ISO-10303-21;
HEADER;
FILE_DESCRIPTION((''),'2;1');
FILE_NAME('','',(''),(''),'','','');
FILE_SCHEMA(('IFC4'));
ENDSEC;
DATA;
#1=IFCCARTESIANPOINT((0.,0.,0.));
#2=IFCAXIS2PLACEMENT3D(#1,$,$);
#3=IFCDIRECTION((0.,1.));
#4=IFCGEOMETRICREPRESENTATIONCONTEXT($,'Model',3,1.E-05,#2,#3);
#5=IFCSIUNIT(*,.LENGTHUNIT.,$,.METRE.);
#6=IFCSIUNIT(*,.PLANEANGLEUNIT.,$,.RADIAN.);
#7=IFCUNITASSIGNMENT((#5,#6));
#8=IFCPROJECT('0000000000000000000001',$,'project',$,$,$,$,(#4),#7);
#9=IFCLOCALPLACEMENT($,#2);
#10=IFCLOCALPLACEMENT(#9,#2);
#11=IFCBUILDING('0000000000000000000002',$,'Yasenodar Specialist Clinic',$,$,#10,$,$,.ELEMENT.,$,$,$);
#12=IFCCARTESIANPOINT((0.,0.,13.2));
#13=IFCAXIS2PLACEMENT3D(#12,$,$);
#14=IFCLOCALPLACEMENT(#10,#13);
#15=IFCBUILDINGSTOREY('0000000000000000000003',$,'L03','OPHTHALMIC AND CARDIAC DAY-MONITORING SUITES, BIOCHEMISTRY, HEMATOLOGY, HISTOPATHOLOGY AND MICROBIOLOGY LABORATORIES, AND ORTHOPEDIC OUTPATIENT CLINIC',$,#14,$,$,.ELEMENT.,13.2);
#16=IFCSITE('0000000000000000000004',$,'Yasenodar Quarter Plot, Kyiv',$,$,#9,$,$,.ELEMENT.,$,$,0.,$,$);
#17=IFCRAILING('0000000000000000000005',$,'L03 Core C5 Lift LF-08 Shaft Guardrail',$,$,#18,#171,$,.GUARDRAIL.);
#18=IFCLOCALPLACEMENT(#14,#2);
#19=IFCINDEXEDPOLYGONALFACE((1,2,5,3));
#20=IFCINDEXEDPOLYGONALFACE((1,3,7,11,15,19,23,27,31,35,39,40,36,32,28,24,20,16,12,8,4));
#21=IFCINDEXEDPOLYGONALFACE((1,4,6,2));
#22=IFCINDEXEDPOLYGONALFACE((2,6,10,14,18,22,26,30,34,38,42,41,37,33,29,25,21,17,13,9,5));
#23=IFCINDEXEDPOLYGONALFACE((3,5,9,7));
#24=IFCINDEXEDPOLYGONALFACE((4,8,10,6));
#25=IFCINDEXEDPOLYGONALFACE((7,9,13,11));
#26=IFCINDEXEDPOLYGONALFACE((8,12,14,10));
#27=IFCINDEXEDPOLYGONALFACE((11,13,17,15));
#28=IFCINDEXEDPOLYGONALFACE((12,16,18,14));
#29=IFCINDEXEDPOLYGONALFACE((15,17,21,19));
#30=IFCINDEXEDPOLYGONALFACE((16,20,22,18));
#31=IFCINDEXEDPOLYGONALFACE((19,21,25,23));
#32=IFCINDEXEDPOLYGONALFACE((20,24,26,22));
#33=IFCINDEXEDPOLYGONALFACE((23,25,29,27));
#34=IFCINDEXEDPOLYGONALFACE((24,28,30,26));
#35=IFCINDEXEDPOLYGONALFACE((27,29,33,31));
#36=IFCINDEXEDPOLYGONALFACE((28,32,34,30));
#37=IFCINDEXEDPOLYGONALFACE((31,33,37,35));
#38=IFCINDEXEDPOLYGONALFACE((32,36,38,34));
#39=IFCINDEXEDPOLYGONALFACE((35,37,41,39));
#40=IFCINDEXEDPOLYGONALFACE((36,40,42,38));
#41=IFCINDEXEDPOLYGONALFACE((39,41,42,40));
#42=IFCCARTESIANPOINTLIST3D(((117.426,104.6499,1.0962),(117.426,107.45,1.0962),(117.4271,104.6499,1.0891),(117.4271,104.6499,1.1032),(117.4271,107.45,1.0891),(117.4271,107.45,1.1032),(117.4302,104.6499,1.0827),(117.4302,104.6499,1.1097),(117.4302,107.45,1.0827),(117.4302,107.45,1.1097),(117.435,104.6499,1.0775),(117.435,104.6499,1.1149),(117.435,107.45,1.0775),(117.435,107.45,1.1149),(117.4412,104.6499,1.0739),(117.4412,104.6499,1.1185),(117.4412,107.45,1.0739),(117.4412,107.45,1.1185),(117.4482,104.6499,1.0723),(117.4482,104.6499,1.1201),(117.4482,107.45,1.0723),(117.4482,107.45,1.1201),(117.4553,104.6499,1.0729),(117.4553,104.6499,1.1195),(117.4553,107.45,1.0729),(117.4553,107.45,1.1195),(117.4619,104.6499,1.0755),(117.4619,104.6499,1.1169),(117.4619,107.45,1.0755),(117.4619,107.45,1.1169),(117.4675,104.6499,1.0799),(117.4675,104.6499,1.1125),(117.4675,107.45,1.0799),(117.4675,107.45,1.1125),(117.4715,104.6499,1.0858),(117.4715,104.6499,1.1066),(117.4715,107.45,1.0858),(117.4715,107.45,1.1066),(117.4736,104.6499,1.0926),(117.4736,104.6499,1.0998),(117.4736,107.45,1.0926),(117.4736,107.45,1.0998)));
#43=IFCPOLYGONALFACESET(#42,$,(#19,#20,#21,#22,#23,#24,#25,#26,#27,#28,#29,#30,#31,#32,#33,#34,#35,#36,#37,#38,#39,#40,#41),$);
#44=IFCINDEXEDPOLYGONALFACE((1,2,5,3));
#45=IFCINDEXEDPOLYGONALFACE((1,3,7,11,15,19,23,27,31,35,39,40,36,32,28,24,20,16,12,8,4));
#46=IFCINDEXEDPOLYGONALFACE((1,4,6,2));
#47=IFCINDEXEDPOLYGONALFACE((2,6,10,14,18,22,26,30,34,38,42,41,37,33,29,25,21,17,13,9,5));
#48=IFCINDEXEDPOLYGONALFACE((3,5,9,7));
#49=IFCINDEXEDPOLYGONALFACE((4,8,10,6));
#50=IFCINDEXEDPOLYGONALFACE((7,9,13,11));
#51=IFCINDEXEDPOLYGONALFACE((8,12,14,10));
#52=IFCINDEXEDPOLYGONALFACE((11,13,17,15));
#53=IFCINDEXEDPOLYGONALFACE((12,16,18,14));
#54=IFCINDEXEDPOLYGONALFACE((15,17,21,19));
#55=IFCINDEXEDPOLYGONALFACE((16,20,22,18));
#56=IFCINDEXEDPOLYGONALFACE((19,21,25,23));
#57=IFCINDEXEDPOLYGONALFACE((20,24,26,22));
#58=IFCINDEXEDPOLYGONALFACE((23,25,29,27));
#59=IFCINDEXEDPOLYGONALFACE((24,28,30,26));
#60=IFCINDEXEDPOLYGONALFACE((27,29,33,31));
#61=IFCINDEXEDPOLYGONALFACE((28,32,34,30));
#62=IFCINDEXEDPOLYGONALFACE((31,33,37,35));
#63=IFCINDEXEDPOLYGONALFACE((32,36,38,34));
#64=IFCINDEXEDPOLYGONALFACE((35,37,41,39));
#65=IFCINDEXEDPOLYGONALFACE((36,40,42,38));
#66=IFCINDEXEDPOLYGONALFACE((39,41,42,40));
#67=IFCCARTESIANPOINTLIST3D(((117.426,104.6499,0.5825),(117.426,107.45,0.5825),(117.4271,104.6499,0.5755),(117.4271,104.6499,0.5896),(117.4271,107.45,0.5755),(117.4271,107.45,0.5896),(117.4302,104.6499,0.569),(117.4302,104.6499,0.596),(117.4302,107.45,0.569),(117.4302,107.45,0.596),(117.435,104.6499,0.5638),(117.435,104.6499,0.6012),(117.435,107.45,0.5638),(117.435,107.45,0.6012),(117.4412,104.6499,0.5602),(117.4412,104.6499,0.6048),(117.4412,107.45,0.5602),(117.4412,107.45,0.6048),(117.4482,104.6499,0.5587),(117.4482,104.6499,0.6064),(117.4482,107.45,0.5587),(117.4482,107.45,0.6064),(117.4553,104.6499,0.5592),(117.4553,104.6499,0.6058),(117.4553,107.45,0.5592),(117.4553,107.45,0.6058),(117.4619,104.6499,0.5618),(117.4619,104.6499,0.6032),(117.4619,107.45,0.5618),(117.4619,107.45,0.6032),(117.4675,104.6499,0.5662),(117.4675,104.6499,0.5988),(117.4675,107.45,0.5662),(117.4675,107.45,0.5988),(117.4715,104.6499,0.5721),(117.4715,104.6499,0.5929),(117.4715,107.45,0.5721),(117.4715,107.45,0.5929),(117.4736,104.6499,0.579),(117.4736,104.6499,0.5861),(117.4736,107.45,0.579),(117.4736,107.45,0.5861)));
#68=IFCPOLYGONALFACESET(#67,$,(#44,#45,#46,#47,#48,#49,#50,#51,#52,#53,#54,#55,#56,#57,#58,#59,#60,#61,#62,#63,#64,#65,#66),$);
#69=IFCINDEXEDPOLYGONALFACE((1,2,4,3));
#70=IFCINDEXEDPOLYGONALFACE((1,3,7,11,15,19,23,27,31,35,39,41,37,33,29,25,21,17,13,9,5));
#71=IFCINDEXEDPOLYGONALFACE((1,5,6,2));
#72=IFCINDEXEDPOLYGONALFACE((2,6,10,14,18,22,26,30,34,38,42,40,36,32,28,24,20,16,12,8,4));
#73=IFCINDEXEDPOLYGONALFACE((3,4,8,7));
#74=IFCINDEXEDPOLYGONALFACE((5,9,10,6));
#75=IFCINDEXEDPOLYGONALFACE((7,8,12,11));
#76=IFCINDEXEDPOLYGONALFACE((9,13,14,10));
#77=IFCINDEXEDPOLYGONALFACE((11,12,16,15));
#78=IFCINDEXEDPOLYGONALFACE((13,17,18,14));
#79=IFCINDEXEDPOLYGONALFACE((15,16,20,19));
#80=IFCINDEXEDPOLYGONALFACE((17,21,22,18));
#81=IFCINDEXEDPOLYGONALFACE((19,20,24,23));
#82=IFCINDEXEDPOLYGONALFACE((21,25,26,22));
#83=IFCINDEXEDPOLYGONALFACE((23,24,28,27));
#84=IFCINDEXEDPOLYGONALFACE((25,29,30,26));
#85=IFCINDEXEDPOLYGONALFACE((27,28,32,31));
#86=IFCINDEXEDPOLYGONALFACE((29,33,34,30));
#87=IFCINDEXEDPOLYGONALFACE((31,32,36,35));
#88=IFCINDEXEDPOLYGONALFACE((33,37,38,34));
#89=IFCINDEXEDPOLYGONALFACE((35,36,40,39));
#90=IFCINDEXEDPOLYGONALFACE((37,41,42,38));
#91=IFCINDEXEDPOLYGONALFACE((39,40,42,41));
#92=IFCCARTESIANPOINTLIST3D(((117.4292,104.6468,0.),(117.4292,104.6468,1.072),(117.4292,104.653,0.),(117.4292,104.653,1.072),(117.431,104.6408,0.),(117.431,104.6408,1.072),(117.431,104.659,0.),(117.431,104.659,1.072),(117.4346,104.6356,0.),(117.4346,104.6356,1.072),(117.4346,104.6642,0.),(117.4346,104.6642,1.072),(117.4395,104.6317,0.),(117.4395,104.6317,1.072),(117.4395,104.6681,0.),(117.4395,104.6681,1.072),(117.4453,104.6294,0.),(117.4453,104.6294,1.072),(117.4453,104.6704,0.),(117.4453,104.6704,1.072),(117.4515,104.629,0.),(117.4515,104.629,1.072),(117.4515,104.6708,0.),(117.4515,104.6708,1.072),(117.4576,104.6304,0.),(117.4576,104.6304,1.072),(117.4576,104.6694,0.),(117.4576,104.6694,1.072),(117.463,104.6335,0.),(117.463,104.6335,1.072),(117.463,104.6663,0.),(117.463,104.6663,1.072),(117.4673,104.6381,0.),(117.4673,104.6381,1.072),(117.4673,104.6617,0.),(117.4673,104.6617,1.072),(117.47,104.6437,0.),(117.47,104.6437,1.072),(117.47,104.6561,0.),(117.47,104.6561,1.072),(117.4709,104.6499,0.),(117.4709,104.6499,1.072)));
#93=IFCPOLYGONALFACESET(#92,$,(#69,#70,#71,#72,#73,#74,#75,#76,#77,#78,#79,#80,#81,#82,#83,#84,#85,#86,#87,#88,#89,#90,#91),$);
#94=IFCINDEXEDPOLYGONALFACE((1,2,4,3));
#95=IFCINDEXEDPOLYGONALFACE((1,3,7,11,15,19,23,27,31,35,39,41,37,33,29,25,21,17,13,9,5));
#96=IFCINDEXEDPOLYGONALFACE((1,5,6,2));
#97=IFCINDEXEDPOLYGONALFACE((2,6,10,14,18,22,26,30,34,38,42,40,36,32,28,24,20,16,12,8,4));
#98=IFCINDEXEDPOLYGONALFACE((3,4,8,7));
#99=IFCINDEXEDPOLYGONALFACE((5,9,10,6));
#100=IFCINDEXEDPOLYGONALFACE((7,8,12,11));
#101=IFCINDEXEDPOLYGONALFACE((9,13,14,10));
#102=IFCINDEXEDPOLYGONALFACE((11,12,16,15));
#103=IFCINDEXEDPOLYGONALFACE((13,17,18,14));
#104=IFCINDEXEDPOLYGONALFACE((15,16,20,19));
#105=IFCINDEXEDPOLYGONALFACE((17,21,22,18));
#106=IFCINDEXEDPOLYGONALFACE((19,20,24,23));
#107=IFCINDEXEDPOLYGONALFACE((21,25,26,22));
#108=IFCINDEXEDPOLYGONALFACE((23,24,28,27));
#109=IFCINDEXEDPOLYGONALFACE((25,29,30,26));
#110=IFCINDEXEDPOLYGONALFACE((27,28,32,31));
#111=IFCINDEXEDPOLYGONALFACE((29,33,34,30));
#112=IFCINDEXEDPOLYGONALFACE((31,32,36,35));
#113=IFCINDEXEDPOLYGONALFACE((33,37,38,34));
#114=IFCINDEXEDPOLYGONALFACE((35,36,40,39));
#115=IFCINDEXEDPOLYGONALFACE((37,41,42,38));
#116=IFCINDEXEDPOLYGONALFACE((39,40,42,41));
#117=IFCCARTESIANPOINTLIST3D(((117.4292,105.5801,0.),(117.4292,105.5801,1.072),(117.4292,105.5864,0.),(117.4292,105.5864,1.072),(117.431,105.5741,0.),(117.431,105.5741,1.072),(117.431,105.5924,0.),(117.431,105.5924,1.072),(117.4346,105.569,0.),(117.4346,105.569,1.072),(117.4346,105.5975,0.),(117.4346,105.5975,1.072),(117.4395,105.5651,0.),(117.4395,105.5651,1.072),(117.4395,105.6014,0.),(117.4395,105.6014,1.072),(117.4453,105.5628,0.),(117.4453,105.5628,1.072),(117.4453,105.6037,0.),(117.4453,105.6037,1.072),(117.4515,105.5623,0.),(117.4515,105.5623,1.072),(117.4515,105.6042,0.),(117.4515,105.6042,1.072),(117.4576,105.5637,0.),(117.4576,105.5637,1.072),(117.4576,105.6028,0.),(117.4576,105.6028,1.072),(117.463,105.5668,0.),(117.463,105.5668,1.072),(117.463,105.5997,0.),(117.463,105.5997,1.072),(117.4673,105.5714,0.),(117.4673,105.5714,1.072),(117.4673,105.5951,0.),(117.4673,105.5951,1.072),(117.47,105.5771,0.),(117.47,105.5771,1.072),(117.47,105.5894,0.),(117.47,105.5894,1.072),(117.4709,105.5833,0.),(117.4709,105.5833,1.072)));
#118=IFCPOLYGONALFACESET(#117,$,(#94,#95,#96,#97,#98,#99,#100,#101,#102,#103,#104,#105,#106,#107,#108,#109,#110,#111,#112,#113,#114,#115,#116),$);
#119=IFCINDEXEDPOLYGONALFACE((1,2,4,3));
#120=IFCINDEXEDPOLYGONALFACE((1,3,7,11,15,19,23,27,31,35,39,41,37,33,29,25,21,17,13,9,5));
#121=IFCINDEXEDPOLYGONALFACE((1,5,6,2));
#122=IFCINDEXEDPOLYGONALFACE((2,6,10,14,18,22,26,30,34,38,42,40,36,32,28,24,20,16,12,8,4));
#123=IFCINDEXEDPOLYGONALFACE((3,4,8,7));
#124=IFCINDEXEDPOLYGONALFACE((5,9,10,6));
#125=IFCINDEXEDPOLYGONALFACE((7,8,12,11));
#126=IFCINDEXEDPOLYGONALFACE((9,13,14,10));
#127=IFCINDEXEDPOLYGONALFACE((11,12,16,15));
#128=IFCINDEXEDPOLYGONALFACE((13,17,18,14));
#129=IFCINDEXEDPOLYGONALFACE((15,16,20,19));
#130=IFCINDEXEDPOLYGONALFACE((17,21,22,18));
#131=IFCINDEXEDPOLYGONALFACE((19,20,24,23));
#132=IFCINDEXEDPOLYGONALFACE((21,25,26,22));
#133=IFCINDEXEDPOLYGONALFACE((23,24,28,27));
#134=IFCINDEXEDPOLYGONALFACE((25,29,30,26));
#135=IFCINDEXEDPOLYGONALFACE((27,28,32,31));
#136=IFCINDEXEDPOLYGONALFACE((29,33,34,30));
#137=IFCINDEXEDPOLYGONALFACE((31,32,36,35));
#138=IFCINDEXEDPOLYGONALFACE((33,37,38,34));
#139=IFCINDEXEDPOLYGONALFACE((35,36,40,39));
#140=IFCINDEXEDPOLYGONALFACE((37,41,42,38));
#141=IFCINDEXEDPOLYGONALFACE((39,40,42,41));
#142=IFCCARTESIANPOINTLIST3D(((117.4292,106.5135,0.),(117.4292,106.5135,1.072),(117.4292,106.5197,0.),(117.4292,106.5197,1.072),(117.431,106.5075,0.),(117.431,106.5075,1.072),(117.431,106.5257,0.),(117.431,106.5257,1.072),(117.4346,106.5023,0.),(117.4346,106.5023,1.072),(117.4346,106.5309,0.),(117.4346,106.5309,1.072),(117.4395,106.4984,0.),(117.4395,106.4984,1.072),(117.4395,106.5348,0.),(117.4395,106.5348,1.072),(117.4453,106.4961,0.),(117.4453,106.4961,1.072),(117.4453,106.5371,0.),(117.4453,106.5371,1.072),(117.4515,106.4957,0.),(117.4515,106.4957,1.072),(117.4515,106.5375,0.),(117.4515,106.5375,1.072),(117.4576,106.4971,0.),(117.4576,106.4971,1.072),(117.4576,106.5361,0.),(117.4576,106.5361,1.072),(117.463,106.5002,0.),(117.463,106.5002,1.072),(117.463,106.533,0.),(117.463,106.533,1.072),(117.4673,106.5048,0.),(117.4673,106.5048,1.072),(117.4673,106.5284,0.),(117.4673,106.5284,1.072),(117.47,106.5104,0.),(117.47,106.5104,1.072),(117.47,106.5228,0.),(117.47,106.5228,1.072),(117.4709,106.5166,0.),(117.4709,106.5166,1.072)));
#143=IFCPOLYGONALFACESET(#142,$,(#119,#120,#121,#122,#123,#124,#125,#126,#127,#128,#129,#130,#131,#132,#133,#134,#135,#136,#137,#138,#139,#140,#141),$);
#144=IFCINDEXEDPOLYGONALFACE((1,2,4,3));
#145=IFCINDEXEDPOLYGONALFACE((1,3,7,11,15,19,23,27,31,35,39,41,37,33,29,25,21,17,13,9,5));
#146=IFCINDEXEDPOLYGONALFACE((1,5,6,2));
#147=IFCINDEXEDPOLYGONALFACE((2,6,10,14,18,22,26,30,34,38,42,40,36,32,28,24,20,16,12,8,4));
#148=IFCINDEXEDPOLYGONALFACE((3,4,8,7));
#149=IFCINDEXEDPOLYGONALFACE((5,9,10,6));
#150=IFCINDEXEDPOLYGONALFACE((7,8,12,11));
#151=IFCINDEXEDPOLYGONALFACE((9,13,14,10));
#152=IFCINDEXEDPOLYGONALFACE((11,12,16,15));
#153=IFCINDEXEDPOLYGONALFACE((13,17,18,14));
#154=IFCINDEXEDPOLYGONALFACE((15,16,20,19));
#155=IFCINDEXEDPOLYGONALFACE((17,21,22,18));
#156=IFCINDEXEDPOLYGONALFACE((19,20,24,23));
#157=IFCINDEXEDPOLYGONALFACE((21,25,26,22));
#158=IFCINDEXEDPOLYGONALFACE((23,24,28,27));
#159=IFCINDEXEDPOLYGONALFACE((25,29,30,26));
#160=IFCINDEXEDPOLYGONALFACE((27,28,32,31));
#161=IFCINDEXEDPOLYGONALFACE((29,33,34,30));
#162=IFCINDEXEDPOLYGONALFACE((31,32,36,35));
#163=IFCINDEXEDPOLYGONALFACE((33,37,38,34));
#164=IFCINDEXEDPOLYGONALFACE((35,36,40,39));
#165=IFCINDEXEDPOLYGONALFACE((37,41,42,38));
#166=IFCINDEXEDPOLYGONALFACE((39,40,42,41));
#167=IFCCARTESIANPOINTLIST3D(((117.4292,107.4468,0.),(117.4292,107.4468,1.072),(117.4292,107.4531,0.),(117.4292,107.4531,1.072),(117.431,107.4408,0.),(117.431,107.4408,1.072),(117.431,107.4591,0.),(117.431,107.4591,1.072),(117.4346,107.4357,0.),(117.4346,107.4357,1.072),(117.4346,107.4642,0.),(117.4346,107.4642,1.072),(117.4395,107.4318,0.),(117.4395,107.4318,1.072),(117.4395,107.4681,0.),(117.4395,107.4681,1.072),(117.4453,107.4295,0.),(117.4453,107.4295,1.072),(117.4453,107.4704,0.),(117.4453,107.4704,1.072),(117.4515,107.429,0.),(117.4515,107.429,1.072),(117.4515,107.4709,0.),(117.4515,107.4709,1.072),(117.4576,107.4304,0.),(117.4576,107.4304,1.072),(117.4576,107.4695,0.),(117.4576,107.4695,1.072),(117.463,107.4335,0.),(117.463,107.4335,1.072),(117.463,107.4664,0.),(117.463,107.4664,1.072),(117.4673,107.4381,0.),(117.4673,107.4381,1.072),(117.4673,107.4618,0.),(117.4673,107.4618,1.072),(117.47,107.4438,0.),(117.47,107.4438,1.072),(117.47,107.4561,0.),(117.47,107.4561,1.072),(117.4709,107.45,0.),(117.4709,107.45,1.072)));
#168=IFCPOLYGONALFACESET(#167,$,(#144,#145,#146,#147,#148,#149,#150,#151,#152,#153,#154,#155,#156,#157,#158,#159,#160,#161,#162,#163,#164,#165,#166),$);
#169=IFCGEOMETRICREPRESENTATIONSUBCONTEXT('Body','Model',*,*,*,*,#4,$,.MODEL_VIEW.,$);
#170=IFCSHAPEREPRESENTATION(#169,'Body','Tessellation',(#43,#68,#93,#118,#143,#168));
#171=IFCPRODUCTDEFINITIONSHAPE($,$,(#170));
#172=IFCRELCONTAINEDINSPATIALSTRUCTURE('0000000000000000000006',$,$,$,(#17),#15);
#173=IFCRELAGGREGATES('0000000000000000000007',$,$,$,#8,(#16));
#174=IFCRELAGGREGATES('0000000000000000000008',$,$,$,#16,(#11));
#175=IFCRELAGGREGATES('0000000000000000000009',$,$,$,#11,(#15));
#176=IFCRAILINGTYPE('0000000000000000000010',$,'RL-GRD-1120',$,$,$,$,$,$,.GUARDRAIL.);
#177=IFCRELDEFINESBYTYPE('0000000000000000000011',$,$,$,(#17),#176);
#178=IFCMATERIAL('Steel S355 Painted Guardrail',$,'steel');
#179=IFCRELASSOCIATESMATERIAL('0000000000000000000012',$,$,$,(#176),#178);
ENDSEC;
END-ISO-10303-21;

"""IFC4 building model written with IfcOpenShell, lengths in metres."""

from ifc_helpers import new_model, si_unit, direction, frame, origin, origin_2d, place, context, subcontext, project, spatial, circle, extrude, material, type_object, element, save


model = new_model("IFC4")

# Units and contexts
model_context = context("Model", 3, precision=1e-05, world=origin(), true_north=direction((0.0, 1.0)))
body_context = subcontext(model_context, "Body", "Model", "MODEL_VIEW")
ifc_project = project(units=[si_unit("LENGTHUNIT", "METRE"), si_unit("PLANEANGLEUNIT", "RADIAN")], contexts=[model_context])

# Site, building, storey
site_placement = place(None, origin())
site = spatial("IfcSite", under=ifc_project, at=site_placement, Name="Yasenodar Quarter Plot, Kyiv", CompositionType="ELEMENT", RefElevation=0.0)
building_placement = place(site_placement, origin())
building = spatial("IfcBuilding", under=site, at=building_placement, Name="Yasenodar Specialist Clinic", CompositionType="ELEMENT")
storey_placement = place(building_placement, frame((0.0, 0.0, 13.2)))
storey = spatial("IfcBuildingStorey", under=building, at=storey_placement, Name="L03", Description="OPHTHALMIC AND CARDIAC DAY-MONITORING SUITES, BIOCHEMISTRY, HEMATOLOGY, HISTOPATHOLOGY AND MICROBIOLOGY LABORATORIES, AND ORTHOPEDIC OUTPATIENT CLINIC", CompositionType="ELEMENT", Elevation=13.2)

# Railing
ifc_material_1 = material(Name="Steel S355 Painted Guardrail", Category="steel")
railing_type_1 = type_object("IfcRailingType", Name="RL-GRD-1120", PredefinedType="GUARDRAIL", material=ifc_material_1)
railing_1_placement = place(storey_placement, frame((117.45, 104.6499, 0.0)))
element("IfcRailing", 1, at=railing_1_placement, inside=storey, type_object=railing_type_1, Name="L03 Core C5 Lift LF-08 Shaft Guardrail", PredefinedType="GUARDRAIL", context=body_context, shape_type="SweptSolid", body=[
    extrude(circle(Radius=0.0239, at=origin_2d()), frame((0.0, 0.0, 1.0962), z_axis=(0.0, 1.0, 0.0), x_axis=(-1.0, 0.0, 0.0)), (0.0, 0.0, 1.0), 2.8),
    extrude(circle(Radius=0.0239, at=origin_2d()), frame((0.0, 0.0, 0.5825), z_axis=(0.0, 1.0, 0.0), x_axis=(-1.0, 0.0, 0.0)), (0.0, 0.0, 1.0), 2.8),
    extrude(circle(Radius=0.021, at=origin_2d()), origin(), (0.0, 0.0, 1.0), 1.072),
    extrude(circle(Radius=0.021, at=origin_2d()), frame((0.0, 0.9333, 0.0)), (0.0, 0.0, 1.0), 1.072),
    extrude(circle(Radius=0.021, at=origin_2d()), frame((0.0, 1.8667, 0.0)), (0.0, 0.0, 1.0), 1.072),
    extrude(circle(Radius=0.021, at=origin_2d()), frame((0.0, 2.8, 0.0)), (0.0, 0.0, 1.0), 1.072),
])

save(model, "model.ifc")
